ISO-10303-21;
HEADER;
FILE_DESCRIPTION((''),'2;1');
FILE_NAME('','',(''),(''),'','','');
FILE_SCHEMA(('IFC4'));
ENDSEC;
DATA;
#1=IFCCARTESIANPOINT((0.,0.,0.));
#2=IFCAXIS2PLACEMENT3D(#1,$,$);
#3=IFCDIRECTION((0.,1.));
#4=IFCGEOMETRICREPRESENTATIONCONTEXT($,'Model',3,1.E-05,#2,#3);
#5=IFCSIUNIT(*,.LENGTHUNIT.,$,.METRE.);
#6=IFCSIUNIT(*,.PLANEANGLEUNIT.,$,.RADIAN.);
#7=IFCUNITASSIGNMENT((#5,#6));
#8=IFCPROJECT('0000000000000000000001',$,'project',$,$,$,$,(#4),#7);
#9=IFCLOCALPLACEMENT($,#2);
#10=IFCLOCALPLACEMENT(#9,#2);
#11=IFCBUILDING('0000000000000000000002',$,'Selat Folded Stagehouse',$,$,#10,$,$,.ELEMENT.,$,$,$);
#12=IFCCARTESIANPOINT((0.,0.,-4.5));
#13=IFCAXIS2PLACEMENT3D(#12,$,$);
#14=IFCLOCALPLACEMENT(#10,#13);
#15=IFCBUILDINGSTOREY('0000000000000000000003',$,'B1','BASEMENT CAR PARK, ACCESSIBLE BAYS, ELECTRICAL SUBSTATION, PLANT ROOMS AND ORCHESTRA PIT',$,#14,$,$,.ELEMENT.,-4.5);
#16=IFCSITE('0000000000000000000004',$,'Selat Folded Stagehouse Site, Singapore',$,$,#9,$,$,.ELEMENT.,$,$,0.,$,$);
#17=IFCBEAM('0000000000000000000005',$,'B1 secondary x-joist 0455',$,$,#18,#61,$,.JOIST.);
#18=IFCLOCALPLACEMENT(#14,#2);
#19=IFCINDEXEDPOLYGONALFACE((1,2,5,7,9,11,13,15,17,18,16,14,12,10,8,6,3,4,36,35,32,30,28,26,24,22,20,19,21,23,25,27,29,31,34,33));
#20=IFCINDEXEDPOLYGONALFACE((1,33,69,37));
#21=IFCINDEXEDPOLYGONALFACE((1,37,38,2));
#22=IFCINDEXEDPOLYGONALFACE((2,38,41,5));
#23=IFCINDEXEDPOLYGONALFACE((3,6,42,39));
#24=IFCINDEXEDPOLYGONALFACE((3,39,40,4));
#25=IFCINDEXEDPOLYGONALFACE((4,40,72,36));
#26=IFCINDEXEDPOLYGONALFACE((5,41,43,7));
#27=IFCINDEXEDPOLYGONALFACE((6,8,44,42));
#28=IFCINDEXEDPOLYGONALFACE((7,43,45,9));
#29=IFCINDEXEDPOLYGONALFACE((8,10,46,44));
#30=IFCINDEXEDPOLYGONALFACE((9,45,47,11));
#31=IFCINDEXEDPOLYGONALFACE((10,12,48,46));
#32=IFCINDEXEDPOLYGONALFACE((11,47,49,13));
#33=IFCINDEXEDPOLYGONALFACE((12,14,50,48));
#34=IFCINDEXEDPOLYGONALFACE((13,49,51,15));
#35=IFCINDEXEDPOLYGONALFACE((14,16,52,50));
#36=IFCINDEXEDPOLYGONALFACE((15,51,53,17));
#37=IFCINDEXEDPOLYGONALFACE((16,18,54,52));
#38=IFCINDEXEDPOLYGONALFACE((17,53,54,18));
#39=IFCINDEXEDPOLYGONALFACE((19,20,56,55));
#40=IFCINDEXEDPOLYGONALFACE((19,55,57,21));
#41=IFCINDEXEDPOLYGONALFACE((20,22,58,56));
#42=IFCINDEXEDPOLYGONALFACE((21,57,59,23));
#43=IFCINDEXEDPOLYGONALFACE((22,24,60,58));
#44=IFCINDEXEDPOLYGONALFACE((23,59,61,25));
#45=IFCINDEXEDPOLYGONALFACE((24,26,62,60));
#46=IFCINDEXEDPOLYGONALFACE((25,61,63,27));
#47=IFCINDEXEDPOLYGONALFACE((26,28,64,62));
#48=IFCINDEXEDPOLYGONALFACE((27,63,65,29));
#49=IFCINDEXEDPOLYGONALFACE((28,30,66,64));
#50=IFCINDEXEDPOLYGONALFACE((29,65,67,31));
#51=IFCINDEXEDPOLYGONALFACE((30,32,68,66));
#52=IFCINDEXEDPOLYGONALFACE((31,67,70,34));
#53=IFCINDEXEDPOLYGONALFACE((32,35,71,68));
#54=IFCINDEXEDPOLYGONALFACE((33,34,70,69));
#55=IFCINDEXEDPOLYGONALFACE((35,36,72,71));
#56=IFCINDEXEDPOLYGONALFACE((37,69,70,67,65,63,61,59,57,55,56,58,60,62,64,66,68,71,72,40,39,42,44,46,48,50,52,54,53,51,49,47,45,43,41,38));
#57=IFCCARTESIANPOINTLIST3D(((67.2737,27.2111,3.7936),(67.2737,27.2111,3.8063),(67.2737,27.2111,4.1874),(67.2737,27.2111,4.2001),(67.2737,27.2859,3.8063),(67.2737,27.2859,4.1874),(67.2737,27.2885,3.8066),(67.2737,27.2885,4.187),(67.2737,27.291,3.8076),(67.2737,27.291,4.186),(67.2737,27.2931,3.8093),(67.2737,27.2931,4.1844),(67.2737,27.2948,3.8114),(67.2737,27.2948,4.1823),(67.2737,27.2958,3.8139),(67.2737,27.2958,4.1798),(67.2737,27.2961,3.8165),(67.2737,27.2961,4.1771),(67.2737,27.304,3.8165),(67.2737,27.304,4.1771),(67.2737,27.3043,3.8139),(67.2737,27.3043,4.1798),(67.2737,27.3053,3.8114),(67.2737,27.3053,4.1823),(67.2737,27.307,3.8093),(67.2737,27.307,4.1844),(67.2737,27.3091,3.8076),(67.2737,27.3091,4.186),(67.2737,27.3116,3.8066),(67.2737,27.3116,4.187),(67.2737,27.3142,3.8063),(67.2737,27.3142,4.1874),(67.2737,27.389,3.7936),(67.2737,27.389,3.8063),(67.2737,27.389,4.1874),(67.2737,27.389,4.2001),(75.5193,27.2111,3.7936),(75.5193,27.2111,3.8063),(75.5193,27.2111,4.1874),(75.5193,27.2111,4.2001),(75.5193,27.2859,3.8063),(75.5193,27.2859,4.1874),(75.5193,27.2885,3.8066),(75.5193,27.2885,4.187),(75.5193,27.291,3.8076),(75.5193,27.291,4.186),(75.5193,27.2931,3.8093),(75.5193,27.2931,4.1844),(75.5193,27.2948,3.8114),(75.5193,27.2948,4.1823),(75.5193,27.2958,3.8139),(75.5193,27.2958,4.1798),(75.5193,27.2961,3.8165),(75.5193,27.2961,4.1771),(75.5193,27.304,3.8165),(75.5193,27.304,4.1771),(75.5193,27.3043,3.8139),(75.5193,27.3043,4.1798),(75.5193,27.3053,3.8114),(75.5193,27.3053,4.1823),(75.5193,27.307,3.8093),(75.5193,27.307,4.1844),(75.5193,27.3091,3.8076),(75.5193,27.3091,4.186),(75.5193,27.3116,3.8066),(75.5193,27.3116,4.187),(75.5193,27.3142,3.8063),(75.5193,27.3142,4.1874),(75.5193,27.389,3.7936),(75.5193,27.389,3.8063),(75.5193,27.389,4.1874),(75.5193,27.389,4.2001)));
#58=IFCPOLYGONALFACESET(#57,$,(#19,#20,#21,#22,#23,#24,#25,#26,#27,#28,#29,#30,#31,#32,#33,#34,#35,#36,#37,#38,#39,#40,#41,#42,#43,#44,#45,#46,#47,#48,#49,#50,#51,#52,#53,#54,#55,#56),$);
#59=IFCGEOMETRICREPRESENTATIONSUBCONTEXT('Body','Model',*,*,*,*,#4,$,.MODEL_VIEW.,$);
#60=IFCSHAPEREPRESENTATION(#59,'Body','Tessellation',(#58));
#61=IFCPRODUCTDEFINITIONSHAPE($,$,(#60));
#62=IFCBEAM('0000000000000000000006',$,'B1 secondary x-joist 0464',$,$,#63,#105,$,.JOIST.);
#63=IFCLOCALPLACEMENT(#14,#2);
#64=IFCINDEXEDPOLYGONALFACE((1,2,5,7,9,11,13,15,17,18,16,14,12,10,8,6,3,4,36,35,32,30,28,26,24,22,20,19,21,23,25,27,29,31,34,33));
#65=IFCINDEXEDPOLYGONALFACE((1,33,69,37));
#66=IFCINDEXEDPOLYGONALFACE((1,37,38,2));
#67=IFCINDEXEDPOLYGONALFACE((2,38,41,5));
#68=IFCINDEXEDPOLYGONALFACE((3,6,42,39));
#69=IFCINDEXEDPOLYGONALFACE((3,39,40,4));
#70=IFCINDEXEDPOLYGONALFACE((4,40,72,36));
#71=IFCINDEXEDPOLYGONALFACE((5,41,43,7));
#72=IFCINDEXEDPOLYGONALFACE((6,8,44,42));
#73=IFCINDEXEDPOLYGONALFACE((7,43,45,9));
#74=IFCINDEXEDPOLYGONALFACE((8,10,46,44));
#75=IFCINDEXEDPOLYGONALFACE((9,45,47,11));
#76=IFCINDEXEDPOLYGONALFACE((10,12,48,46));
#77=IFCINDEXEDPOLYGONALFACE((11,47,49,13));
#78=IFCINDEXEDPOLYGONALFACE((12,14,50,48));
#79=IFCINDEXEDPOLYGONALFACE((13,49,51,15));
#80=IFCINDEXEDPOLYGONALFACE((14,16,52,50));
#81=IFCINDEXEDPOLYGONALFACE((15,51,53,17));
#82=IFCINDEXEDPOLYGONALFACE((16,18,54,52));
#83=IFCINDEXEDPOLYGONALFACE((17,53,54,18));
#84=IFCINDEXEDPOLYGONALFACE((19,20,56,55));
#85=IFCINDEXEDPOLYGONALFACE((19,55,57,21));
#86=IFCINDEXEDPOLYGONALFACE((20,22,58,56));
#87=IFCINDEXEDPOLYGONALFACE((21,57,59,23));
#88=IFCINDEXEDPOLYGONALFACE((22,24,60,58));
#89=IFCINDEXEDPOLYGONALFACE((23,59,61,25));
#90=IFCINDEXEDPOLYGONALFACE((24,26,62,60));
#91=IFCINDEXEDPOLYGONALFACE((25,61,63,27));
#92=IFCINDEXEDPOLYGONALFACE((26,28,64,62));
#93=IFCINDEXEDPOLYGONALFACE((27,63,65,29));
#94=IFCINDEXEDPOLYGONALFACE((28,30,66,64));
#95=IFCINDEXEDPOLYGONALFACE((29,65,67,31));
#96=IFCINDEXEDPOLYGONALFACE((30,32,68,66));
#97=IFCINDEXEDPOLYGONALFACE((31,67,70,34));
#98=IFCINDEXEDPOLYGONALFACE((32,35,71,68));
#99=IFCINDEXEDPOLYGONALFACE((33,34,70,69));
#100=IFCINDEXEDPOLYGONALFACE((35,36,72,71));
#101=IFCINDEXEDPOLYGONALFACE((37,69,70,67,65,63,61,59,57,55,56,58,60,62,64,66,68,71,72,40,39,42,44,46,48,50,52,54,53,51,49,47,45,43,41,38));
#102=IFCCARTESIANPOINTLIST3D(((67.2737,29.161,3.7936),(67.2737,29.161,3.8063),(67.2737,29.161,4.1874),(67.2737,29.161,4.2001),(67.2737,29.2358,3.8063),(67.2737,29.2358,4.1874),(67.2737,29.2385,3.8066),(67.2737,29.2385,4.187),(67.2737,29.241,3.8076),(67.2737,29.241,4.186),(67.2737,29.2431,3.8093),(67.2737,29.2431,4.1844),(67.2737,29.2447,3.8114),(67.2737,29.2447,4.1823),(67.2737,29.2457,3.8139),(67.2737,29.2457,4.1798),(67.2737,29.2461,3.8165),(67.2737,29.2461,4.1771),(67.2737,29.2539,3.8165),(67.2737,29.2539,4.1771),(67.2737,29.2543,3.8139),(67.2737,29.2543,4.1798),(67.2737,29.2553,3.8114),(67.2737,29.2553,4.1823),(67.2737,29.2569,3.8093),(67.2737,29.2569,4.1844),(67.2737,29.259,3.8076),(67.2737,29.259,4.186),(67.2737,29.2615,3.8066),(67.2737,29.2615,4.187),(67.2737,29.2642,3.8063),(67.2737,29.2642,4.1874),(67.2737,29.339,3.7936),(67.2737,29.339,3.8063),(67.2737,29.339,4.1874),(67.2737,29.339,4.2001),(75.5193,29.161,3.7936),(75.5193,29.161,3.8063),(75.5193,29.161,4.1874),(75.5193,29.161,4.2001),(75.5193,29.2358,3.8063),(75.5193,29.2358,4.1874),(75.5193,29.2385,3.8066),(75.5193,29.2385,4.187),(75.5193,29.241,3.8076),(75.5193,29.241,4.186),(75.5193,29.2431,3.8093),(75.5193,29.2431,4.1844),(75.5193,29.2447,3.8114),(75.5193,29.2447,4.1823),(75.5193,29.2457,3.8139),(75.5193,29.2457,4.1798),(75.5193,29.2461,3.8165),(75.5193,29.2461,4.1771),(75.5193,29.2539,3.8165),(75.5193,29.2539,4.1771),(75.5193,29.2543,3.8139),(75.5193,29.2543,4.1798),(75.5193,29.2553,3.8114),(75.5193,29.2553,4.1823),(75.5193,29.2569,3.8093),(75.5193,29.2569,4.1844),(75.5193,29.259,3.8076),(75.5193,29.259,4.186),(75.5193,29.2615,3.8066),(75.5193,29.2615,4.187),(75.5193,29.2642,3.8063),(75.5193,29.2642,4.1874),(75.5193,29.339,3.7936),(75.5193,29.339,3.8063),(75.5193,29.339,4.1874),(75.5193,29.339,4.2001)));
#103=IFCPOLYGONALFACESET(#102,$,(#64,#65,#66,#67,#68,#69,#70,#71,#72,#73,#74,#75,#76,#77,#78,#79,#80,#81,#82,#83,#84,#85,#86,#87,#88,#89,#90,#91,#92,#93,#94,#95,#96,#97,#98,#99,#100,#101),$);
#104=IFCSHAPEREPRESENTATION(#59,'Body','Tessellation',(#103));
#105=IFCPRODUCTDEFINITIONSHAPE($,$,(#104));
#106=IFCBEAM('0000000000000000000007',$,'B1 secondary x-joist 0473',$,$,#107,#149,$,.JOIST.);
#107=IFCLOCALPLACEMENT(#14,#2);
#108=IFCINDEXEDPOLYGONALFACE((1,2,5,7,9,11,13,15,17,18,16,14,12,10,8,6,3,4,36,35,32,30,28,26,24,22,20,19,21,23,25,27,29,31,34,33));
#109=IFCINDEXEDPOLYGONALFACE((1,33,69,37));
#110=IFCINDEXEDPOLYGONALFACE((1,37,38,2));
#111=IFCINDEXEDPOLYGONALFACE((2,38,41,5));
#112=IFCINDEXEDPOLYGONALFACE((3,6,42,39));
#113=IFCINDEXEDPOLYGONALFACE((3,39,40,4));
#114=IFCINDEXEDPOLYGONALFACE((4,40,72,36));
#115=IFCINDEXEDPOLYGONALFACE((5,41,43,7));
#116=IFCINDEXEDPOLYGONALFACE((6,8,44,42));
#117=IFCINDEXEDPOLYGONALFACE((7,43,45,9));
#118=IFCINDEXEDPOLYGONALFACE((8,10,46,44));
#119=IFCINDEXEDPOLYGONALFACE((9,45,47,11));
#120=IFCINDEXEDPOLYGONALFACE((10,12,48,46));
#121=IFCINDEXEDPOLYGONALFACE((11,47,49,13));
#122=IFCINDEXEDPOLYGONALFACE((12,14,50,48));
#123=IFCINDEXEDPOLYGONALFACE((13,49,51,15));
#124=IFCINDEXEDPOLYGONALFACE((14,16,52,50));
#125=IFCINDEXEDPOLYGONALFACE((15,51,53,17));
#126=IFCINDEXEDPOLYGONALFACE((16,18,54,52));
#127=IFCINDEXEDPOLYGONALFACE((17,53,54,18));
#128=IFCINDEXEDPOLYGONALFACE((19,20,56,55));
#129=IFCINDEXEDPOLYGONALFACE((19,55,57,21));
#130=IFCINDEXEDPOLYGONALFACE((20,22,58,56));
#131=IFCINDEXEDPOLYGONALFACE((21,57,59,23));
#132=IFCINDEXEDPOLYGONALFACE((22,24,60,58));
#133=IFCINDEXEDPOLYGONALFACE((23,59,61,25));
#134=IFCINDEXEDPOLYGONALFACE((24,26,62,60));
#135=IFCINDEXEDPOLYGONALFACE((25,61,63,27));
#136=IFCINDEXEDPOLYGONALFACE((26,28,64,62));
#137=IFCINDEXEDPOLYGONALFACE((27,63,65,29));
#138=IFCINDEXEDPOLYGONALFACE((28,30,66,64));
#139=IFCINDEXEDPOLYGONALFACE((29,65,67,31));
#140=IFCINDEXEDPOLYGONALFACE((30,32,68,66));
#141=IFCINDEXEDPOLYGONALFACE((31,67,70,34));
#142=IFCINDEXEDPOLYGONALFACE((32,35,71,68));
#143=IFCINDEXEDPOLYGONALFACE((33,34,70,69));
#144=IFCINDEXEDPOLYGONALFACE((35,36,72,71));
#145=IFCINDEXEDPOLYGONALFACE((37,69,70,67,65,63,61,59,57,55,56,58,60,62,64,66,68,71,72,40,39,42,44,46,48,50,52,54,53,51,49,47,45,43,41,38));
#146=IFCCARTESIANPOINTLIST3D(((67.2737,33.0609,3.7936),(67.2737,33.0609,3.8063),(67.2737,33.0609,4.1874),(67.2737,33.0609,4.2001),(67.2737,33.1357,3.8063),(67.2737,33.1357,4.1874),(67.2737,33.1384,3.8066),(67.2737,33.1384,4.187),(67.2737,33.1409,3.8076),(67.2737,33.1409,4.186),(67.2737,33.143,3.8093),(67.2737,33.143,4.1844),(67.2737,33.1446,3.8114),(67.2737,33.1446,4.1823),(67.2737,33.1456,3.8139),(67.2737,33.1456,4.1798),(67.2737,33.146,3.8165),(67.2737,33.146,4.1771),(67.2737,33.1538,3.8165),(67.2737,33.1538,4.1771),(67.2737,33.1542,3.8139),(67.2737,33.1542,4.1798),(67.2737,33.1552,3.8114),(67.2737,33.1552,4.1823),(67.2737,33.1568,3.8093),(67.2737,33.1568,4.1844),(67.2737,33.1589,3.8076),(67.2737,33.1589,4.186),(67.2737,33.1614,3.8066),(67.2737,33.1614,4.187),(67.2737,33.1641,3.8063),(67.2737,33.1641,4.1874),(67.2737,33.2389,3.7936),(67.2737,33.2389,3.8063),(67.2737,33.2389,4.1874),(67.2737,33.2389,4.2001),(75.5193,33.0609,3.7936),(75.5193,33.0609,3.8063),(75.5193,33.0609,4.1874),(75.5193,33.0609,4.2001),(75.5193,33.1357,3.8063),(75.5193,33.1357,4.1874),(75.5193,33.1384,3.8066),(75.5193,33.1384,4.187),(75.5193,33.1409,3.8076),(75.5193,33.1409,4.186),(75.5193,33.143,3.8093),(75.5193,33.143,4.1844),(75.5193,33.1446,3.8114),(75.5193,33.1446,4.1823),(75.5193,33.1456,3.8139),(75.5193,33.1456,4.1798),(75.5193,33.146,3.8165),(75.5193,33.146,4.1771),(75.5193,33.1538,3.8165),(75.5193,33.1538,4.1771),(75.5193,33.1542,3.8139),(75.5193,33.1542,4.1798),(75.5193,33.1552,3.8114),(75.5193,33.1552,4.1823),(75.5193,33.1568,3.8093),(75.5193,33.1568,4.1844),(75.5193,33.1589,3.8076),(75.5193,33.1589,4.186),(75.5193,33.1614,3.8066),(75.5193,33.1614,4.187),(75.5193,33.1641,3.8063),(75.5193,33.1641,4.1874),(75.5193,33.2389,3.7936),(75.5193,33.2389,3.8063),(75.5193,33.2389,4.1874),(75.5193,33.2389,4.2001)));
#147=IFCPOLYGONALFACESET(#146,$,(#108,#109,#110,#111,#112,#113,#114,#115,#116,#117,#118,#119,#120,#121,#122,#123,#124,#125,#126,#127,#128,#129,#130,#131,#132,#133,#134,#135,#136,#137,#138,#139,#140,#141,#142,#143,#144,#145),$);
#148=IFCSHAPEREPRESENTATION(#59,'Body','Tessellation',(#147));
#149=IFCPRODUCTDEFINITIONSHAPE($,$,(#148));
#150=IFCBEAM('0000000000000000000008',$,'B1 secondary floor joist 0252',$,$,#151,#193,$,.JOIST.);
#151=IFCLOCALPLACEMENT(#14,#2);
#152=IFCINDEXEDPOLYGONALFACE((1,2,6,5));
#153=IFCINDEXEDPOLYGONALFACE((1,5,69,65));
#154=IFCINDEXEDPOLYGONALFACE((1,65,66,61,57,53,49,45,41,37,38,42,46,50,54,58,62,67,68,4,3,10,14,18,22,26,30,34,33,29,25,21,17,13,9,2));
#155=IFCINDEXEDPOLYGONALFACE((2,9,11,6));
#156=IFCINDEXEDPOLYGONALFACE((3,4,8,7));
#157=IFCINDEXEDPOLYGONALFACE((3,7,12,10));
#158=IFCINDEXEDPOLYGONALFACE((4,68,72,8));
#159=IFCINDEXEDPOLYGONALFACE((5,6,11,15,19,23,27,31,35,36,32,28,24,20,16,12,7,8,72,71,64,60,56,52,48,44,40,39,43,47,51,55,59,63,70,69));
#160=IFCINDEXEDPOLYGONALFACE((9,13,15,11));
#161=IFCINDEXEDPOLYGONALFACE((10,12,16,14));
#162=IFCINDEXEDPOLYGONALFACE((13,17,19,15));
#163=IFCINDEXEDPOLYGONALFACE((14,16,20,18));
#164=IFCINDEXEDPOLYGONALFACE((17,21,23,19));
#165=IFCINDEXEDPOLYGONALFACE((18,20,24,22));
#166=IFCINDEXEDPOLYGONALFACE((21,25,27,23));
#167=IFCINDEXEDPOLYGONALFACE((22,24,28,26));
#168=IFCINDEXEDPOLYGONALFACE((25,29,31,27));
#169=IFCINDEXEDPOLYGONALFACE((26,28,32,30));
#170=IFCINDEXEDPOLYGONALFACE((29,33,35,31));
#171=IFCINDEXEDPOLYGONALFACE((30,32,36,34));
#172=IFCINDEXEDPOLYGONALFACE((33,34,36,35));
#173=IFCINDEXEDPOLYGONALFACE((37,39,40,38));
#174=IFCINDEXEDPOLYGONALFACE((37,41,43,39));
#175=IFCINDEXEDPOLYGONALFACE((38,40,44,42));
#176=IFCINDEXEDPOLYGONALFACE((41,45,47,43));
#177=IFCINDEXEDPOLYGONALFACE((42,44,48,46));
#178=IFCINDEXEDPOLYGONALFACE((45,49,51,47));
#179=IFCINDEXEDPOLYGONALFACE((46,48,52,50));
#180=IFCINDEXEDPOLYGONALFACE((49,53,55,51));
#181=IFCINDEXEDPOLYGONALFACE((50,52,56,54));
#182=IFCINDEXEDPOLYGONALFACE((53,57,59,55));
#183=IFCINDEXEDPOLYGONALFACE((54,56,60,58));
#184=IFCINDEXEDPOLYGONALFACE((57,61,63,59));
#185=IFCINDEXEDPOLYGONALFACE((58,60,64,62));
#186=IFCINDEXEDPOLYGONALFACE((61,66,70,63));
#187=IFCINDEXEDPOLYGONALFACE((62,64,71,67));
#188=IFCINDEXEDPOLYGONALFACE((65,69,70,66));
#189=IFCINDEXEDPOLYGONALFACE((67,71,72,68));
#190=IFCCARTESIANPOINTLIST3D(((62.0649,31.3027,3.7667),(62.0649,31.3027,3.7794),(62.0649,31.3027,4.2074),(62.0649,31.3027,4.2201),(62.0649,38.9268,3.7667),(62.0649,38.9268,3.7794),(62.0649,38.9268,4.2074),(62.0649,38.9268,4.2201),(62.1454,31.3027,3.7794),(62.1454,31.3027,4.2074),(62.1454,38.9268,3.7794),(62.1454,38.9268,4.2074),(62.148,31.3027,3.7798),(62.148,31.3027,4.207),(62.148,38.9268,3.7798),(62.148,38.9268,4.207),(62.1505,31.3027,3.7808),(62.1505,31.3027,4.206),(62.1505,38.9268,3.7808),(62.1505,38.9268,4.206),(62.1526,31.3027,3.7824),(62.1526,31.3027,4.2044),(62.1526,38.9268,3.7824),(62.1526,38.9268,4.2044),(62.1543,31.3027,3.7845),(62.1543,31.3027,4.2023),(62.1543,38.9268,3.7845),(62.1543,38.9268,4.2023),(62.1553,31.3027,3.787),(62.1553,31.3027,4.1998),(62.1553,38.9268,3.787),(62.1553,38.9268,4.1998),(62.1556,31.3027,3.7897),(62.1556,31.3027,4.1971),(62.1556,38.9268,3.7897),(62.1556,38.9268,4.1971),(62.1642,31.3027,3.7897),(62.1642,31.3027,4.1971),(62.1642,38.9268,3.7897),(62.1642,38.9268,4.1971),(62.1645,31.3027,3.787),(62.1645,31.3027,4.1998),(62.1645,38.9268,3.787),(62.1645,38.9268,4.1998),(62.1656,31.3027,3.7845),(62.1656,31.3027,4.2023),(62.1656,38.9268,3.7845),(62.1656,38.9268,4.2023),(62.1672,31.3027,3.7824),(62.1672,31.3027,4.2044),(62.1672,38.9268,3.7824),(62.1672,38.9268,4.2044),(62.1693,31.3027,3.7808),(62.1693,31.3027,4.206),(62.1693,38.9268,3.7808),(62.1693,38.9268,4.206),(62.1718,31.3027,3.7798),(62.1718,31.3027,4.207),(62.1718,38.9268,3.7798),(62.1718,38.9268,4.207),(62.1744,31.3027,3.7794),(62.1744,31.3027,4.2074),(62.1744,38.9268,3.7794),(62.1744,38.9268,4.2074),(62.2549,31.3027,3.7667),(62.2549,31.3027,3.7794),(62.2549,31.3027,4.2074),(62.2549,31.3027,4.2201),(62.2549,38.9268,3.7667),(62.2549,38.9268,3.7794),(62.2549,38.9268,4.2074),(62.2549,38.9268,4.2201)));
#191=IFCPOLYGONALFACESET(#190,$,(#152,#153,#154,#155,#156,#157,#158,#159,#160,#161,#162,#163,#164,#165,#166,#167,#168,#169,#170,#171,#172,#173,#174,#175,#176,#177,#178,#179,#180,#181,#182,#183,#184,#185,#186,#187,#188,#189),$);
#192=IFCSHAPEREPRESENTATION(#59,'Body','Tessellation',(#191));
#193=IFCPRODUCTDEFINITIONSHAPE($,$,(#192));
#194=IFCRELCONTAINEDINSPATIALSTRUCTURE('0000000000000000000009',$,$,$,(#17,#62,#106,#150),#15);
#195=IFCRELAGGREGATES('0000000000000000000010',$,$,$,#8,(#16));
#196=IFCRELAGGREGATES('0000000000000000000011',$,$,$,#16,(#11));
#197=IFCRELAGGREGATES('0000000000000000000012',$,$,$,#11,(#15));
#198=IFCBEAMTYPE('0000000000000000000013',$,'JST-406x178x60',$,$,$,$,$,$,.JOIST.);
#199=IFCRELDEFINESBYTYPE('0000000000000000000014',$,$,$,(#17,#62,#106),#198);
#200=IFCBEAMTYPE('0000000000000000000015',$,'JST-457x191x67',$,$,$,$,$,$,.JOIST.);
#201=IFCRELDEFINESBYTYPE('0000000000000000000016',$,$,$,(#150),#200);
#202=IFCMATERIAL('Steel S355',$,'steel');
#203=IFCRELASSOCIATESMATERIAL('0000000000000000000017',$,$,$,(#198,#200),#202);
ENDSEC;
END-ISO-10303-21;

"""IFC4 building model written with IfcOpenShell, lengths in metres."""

from ifc_helpers import new_model, si_unit, direction, frame, origin, origin_2d, place, context, subcontext, project, spatial, i_section, extrude, material, material_profile, profile_set, type_object, element, save


model = new_model("IFC4")

# Units and contexts
model_context = context("Model", 3, precision=1e-05, world=origin(), true_north=direction((0.0, 1.0)))
body_context = subcontext(model_context, "Body", "Model", "MODEL_VIEW")
ifc_project = project(units=[si_unit("LENGTHUNIT", "METRE"), si_unit("PLANEANGLEUNIT", "RADIAN")], contexts=[model_context])

# Site, building, storey
site_placement = place(None, origin())
site = spatial("IfcSite", under=ifc_project, at=site_placement, Name="Selat Folded Stagehouse Site, Singapore", CompositionType="ELEMENT", RefElevation=0.0)
building_placement = place(site_placement, origin())
building = spatial("IfcBuilding", under=site, at=building_placement, Name="Selat Folded Stagehouse", CompositionType="ELEMENT")
storey_placement = place(building_placement, frame((0.0, 0.0, -4.5)))
storey = spatial("IfcBuildingStorey", under=building, at=storey_placement, Name="B1", Description="BASEMENT CAR PARK, ACCESSIBLE BAYS, ELECTRICAL SUBSTATION, PLANT ROOMS AND ORCHESTRA PIT", CompositionType="ELEMENT", Elevation=-4.5)

# Shared definitions
ifc_material_1 = material(Name="Steel S355", Category="steel")

# Beams
ifc_material_profile_1 = material_profile(ifc_material_1, i_section(OverallWidth=0.178, OverallDepth=0.4065, WebThickness=0.0078, FlangeThickness=0.0127, FilletRadius=0.0103, at=origin_2d()), Name="UKB 406x178x60")
ifc_profile_set_1 = profile_set([ifc_material_profile_1], Name="Steel S355")
beam_type_1 = type_object("IfcBeamType", Name="JST-406x178x60", PredefinedType="JOIST", material=ifc_profile_set_1)
for number, where, z_axis, x_axis, name in (
    (1, (67.2737, 27.3, 3.9968), (1.0, 0.0, 0.0), (0.0, 1.0, 0.0), "B1 secondary x-joist 0455"),
    (2, (67.2737, 29.25, 3.9968), (1.0, 0.0, 0.0), (0.0, 1.0, 0.0), "B1 secondary x-joist 0464"),
    (3, (67.2737, 33.1499, 3.9968), (1.0, 0.0, 0.0), (0.0, 1.0, 0.0), "B1 secondary x-joist 0473"),
):
    element("IfcBeam", number, at=place(storey_placement, frame(where, z_axis=z_axis, x_axis=x_axis)), inside=storey, type_object=beam_type_1, Name=name, PredefinedType="JOIST", context=body_context, shape_type="SweptSolid", body=[
        extrude(i_section(OverallWidth=0.178, OverallDepth=0.4065, WebThickness=0.0078, FlangeThickness=0.0127, FilletRadius=0.0103, at=origin_2d()), origin(), (0.0, 0.0, 1.0), 8.2456),
    ])
ifc_material_profile_2 = material_profile(ifc_material_1, i_section(OverallWidth=0.1899, OverallDepth=0.4534, WebThickness=0.0085, FlangeThickness=0.0127, FilletRadius=0.0103, at=origin_2d()), Name="UKB 457x191x67")
ifc_profile_set_2 = profile_set([ifc_material_profile_2], Name="Steel S355")
beam_type_2 = type_object("IfcBeamType", Name="JST-457x191x67", PredefinedType="JOIST", material=ifc_profile_set_2)
for number, where, z_axis, x_axis, name in (
    (4, (62.1599, 31.3027, 3.9934), (0.0, 1.0, 0.0), (-1.0, 0.0, 0.0), "B1 secondary floor joist 0252"),
):
    element("IfcBeam", number, at=place(storey_placement, frame(where, z_axis=z_axis, x_axis=x_axis)), inside=storey, type_object=beam_type_2, Name=name, PredefinedType="JOIST", context=body_context, shape_type="SweptSolid", body=[
        extrude(i_section(OverallWidth=0.1899, OverallDepth=0.4534, WebThickness=0.0085, FlangeThickness=0.0127, FilletRadius=0.0103, at=origin_2d()), origin(), (0.0, 0.0, 1.0), 7.624),
    ])

save(model, "model.ifc")
